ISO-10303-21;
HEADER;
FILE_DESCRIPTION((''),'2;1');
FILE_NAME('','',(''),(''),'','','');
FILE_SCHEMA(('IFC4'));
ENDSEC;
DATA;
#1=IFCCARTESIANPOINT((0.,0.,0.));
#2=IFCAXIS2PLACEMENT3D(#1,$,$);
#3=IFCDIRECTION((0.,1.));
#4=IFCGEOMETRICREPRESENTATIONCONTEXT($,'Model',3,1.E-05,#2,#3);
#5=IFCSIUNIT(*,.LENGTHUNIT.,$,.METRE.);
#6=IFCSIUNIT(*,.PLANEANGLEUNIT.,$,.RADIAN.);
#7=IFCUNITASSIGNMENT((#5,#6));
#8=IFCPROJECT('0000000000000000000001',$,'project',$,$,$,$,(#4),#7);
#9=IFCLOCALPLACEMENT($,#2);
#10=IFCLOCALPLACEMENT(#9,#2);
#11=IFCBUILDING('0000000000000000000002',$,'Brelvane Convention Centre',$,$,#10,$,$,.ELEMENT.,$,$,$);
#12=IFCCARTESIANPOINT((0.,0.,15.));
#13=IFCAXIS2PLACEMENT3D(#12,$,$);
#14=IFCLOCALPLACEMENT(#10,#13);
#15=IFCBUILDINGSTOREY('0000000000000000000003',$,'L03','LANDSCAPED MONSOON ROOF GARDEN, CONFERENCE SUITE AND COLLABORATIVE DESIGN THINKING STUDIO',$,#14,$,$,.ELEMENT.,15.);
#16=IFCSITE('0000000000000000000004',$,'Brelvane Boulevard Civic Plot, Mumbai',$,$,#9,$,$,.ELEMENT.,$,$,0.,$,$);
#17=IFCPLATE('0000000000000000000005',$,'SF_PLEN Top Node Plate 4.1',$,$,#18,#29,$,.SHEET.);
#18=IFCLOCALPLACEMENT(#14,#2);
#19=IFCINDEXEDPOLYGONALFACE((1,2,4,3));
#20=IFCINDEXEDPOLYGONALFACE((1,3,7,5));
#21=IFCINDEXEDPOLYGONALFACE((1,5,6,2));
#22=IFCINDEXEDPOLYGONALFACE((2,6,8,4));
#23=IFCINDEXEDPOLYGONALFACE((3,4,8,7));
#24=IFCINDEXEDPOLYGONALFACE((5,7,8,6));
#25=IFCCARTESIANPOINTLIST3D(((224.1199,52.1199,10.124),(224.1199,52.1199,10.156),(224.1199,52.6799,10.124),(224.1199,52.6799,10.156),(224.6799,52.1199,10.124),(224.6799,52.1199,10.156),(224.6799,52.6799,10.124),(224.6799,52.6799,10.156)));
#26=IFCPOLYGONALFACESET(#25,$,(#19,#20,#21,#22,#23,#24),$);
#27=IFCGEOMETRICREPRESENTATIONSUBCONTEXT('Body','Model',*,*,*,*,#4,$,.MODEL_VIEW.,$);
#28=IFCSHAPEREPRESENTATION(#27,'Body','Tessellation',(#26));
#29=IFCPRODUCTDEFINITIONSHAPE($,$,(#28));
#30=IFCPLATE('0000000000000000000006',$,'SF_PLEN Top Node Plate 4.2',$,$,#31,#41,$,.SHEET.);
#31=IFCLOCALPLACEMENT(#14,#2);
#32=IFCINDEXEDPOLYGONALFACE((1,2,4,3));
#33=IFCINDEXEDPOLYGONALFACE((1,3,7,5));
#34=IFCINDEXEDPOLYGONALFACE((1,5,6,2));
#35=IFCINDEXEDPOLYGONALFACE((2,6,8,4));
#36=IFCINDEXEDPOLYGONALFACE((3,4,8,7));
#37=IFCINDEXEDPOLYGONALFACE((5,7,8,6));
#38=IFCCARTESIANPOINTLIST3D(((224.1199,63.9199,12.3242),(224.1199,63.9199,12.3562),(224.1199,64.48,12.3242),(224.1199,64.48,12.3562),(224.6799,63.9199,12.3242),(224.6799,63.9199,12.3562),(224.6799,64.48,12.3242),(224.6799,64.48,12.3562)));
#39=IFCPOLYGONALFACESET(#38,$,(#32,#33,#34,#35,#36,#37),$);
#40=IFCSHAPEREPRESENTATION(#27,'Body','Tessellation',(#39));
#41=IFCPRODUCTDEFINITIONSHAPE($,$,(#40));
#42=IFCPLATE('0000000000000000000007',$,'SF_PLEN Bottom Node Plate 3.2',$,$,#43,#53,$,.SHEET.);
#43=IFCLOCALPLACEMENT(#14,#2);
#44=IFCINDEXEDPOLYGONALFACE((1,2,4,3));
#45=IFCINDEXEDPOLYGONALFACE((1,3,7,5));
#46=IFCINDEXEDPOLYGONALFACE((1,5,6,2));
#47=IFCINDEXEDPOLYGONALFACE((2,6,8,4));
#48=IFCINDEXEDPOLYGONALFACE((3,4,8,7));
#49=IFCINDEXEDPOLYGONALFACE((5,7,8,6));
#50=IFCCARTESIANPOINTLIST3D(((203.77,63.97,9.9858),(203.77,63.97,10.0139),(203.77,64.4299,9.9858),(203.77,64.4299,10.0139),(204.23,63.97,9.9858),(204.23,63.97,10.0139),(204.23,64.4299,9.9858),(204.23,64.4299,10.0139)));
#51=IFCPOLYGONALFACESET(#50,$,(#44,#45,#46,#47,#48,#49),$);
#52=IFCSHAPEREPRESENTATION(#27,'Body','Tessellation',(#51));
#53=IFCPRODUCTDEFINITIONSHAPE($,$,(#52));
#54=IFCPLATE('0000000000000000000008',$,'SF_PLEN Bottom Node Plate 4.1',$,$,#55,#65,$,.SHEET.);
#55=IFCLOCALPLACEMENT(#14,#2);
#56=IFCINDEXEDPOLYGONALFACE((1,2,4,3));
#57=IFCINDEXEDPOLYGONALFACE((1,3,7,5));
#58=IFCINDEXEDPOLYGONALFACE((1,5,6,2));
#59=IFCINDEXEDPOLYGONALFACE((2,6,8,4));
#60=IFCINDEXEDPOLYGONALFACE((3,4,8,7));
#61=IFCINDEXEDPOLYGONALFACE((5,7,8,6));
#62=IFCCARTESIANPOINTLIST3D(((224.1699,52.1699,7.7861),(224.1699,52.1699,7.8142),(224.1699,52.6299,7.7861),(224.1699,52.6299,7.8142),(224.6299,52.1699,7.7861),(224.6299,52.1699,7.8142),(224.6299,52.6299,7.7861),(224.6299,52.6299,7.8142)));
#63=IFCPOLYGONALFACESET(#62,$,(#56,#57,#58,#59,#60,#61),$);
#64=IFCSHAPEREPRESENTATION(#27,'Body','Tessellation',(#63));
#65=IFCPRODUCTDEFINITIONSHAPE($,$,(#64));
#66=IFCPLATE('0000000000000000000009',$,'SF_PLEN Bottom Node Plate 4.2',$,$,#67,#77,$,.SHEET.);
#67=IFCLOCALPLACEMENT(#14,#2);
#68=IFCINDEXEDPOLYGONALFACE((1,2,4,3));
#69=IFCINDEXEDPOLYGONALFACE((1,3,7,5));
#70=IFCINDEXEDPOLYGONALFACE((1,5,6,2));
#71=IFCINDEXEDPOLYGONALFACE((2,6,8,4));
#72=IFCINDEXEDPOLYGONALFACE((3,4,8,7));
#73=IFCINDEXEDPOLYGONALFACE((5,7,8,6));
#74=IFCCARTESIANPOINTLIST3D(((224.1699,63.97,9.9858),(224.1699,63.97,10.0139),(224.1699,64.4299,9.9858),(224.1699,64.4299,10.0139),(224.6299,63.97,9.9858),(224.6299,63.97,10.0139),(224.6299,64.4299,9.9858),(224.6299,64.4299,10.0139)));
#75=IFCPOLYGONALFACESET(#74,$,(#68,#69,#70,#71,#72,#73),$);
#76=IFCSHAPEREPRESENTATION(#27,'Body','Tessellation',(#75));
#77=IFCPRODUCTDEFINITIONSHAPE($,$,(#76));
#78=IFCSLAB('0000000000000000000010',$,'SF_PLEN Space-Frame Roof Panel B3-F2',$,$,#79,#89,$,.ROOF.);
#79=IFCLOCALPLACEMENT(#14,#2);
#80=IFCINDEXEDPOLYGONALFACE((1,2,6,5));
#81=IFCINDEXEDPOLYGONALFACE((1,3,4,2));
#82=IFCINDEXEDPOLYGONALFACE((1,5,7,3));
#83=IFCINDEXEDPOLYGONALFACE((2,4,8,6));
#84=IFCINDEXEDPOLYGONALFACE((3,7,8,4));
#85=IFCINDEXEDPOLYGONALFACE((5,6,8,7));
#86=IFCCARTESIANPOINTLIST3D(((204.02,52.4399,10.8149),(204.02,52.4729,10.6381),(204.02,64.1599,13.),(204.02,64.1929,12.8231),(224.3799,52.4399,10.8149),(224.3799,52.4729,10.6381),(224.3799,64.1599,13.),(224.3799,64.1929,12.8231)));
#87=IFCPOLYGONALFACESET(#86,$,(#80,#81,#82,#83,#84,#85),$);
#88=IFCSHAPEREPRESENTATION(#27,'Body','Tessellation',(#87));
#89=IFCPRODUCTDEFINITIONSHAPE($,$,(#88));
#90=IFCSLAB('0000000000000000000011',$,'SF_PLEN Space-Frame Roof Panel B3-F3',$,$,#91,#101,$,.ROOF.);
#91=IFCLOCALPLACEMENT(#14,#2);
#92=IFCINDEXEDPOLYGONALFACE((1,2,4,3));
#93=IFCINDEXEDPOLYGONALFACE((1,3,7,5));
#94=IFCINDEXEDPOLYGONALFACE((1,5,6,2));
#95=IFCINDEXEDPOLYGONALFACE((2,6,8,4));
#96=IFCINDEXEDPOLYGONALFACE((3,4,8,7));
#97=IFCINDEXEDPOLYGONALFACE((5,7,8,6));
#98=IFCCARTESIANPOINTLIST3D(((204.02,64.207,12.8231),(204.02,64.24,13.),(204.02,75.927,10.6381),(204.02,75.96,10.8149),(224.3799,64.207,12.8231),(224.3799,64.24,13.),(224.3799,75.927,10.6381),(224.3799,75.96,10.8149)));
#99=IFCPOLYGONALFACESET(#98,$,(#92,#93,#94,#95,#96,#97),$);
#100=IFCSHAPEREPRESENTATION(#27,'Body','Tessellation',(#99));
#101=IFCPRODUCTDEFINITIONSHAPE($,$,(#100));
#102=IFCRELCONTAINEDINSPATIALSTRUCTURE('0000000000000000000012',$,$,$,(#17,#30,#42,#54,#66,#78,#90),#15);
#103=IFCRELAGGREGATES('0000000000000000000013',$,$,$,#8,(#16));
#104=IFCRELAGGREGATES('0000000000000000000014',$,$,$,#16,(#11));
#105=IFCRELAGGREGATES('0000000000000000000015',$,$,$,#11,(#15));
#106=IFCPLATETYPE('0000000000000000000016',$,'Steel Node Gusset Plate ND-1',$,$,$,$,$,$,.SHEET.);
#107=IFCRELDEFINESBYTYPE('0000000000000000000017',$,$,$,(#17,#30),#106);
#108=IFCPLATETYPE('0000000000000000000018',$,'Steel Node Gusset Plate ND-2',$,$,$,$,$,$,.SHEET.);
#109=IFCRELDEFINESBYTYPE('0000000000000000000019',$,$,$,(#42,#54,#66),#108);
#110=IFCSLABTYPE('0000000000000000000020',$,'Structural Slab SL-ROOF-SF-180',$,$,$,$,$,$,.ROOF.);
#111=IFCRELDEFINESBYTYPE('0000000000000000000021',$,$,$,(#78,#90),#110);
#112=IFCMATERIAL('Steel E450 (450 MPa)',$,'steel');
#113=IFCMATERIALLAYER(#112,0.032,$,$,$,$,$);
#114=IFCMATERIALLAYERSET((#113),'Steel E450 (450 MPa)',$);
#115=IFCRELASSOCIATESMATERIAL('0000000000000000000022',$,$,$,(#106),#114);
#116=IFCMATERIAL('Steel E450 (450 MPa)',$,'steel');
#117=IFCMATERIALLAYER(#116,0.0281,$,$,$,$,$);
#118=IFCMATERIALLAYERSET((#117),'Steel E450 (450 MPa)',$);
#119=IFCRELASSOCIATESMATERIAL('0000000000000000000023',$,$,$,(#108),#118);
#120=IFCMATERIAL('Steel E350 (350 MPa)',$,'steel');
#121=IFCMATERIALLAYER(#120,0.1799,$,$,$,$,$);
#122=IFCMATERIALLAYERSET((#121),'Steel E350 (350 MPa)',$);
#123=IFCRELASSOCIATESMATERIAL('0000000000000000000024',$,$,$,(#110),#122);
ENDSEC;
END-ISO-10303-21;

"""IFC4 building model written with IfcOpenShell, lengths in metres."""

from ifc_helpers import new_model, si_unit, direction, frame, origin, origin_2d, place, context, subcontext, project, spatial, polyline, rectangle, outline, extrude, material, layer, layer_set, type_object, element, save


model = new_model("IFC4")

# Units and contexts
model_context = context("Model", 3, precision=1e-05, world=origin(), true_north=direction((0.0, 1.0)))
body_context = subcontext(model_context, "Body", "Model", "MODEL_VIEW")
ifc_project = project(units=[si_unit("LENGTHUNIT", "METRE"), si_unit("PLANEANGLEUNIT", "RADIAN")], contexts=[model_context])

# Site, building, storey
site_placement = place(None, origin())
site = spatial("IfcSite", under=ifc_project, at=site_placement, Name="Brelvane Boulevard Civic Plot, Mumbai", CompositionType="ELEMENT", RefElevation=0.0)
building_placement = place(site_placement, origin())
building = spatial("IfcBuilding", under=site, at=building_placement, Name="Brelvane Convention Centre", CompositionType="ELEMENT")
storey_placement = place(building_placement, frame((0.0, 0.0, 15.0)))
storey = spatial("IfcBuildingStorey", under=building, at=storey_placement, Name="L03", Description="LANDSCAPED MONSOON ROOF GARDEN, CONFERENCE SUITE AND COLLABORATIVE DESIGN THINKING STUDIO", CompositionType="ELEMENT", Elevation=15.0)

# Plates
ifc_material_1 = material(Name="Steel E450 (450 MPa)", Category="steel")
ifc_layer_1 = layer(ifc_material_1, 0.032)
ifc_layer_set_1 = layer_set([ifc_layer_1], Name="Steel E450 (450 MPa)")
plate_type_1 = type_object("IfcPlateType", Name="Steel Node Gusset Plate ND-1", PredefinedType="SHEET", material=ifc_layer_set_1)
for number, where, z_axis, x_axis, name in (
    (1, (224.3999, 52.3999, 10.124), (0.0, 0.0, 1.0), (1.0, 0.0, 0.0), "SF_PLEN Top Node Plate 4.1"),
    (2, (224.3999, 64.2, 12.3242), (0.0, 0.0, 1.0), (1.0, 0.0, 0.0), "SF_PLEN Top Node Plate 4.2"),
):
    element("IfcPlate", number, at=place(storey_placement, frame(where, z_axis=z_axis, x_axis=x_axis)), inside=storey, type_object=plate_type_1, Name=name, PredefinedType="SHEET", context=body_context, shape_type="SweptSolid", body=[
        extrude(rectangle(XDim=0.5601, YDim=0.5601, at=origin_2d()), origin(), (0.0, 0.0, 1.0), 0.032),
    ])
ifc_material_2 = material(Name="Steel E450 (450 MPa)", Category="steel")
ifc_layer_2 = layer(ifc_material_2, 0.0281)
ifc_layer_set_2 = layer_set([ifc_layer_2], Name="Steel E450 (450 MPa)")
plate_type_2 = type_object("IfcPlateType", Name="Steel Node Gusset Plate ND-2", PredefinedType="SHEET", material=ifc_layer_set_2)
for number, where, z_axis, x_axis, name in (
    (3, (204.0, 64.2, 9.9858), (0.0, 0.0, 1.0), (1.0, 0.0, 0.0), "SF_PLEN Bottom Node Plate 3.2"),
    (4, (224.3999, 52.3999, 7.7861), (0.0, 0.0, 1.0), (1.0, 0.0, 0.0), "SF_PLEN Bottom Node Plate 4.1"),
    (5, (224.3999, 64.2, 9.9858), (0.0, 0.0, 1.0), (1.0, 0.0, 0.0), "SF_PLEN Bottom Node Plate 4.2"),
):
    element("IfcPlate", number, at=place(storey_placement, frame(where, z_axis=z_axis, x_axis=x_axis)), inside=storey, type_object=plate_type_2, Name=name, PredefinedType="SHEET", context=body_context, shape_type="SweptSolid", body=[
        extrude(rectangle(XDim=0.46, YDim=0.46, at=origin_2d()), origin(), (0.0, 0.0, 1.0), 0.0281),
    ])

# Slabs
ifc_material_3 = material(Name="Steel E350 (350 MPa)", Category="steel")
ifc_layer_3 = layer(ifc_material_3, 0.1799)
ifc_layer_set_3 = layer_set([ifc_layer_3], Name="Steel E350 (350 MPa)")
slab_type = type_object("IfcSlabType", Name="Structural Slab SL-ROOF-SF-180", PredefinedType="ROOF", material=ifc_layer_set_3)
for number, where, z_axis, x_axis, name in (
    (6, (204.02, 52.4399, 10.8149), (0.0, -0.183281, 0.983061), (1.0, 0.0, 0.0), "SF_PLEN Space-Frame Roof Panel B3-F2"),
    (7, (204.02, 64.24, 13.0), (0.0, 0.183281, 0.983061), (1.0, 0.0, 0.0), "SF_PLEN Space-Frame Roof Panel B3-F3"),
):
    element("IfcSlab", number, at=place(storey_placement, frame(where, z_axis=z_axis, x_axis=x_axis)), inside=storey, type_object=slab_type, Name=name, PredefinedType="ROOF", context=body_context, shape_type="SweptSolid", body=[
        extrude(outline(polyline([(0.0, 0.0), (20.3599, 0.0), (20.3599, 11.9219), (0.0, 11.9219), (0.0, 0.0)])), origin(), (0.0, 0.0, -1.0), 0.1799),
    ])

save(model, "model.ifc")
